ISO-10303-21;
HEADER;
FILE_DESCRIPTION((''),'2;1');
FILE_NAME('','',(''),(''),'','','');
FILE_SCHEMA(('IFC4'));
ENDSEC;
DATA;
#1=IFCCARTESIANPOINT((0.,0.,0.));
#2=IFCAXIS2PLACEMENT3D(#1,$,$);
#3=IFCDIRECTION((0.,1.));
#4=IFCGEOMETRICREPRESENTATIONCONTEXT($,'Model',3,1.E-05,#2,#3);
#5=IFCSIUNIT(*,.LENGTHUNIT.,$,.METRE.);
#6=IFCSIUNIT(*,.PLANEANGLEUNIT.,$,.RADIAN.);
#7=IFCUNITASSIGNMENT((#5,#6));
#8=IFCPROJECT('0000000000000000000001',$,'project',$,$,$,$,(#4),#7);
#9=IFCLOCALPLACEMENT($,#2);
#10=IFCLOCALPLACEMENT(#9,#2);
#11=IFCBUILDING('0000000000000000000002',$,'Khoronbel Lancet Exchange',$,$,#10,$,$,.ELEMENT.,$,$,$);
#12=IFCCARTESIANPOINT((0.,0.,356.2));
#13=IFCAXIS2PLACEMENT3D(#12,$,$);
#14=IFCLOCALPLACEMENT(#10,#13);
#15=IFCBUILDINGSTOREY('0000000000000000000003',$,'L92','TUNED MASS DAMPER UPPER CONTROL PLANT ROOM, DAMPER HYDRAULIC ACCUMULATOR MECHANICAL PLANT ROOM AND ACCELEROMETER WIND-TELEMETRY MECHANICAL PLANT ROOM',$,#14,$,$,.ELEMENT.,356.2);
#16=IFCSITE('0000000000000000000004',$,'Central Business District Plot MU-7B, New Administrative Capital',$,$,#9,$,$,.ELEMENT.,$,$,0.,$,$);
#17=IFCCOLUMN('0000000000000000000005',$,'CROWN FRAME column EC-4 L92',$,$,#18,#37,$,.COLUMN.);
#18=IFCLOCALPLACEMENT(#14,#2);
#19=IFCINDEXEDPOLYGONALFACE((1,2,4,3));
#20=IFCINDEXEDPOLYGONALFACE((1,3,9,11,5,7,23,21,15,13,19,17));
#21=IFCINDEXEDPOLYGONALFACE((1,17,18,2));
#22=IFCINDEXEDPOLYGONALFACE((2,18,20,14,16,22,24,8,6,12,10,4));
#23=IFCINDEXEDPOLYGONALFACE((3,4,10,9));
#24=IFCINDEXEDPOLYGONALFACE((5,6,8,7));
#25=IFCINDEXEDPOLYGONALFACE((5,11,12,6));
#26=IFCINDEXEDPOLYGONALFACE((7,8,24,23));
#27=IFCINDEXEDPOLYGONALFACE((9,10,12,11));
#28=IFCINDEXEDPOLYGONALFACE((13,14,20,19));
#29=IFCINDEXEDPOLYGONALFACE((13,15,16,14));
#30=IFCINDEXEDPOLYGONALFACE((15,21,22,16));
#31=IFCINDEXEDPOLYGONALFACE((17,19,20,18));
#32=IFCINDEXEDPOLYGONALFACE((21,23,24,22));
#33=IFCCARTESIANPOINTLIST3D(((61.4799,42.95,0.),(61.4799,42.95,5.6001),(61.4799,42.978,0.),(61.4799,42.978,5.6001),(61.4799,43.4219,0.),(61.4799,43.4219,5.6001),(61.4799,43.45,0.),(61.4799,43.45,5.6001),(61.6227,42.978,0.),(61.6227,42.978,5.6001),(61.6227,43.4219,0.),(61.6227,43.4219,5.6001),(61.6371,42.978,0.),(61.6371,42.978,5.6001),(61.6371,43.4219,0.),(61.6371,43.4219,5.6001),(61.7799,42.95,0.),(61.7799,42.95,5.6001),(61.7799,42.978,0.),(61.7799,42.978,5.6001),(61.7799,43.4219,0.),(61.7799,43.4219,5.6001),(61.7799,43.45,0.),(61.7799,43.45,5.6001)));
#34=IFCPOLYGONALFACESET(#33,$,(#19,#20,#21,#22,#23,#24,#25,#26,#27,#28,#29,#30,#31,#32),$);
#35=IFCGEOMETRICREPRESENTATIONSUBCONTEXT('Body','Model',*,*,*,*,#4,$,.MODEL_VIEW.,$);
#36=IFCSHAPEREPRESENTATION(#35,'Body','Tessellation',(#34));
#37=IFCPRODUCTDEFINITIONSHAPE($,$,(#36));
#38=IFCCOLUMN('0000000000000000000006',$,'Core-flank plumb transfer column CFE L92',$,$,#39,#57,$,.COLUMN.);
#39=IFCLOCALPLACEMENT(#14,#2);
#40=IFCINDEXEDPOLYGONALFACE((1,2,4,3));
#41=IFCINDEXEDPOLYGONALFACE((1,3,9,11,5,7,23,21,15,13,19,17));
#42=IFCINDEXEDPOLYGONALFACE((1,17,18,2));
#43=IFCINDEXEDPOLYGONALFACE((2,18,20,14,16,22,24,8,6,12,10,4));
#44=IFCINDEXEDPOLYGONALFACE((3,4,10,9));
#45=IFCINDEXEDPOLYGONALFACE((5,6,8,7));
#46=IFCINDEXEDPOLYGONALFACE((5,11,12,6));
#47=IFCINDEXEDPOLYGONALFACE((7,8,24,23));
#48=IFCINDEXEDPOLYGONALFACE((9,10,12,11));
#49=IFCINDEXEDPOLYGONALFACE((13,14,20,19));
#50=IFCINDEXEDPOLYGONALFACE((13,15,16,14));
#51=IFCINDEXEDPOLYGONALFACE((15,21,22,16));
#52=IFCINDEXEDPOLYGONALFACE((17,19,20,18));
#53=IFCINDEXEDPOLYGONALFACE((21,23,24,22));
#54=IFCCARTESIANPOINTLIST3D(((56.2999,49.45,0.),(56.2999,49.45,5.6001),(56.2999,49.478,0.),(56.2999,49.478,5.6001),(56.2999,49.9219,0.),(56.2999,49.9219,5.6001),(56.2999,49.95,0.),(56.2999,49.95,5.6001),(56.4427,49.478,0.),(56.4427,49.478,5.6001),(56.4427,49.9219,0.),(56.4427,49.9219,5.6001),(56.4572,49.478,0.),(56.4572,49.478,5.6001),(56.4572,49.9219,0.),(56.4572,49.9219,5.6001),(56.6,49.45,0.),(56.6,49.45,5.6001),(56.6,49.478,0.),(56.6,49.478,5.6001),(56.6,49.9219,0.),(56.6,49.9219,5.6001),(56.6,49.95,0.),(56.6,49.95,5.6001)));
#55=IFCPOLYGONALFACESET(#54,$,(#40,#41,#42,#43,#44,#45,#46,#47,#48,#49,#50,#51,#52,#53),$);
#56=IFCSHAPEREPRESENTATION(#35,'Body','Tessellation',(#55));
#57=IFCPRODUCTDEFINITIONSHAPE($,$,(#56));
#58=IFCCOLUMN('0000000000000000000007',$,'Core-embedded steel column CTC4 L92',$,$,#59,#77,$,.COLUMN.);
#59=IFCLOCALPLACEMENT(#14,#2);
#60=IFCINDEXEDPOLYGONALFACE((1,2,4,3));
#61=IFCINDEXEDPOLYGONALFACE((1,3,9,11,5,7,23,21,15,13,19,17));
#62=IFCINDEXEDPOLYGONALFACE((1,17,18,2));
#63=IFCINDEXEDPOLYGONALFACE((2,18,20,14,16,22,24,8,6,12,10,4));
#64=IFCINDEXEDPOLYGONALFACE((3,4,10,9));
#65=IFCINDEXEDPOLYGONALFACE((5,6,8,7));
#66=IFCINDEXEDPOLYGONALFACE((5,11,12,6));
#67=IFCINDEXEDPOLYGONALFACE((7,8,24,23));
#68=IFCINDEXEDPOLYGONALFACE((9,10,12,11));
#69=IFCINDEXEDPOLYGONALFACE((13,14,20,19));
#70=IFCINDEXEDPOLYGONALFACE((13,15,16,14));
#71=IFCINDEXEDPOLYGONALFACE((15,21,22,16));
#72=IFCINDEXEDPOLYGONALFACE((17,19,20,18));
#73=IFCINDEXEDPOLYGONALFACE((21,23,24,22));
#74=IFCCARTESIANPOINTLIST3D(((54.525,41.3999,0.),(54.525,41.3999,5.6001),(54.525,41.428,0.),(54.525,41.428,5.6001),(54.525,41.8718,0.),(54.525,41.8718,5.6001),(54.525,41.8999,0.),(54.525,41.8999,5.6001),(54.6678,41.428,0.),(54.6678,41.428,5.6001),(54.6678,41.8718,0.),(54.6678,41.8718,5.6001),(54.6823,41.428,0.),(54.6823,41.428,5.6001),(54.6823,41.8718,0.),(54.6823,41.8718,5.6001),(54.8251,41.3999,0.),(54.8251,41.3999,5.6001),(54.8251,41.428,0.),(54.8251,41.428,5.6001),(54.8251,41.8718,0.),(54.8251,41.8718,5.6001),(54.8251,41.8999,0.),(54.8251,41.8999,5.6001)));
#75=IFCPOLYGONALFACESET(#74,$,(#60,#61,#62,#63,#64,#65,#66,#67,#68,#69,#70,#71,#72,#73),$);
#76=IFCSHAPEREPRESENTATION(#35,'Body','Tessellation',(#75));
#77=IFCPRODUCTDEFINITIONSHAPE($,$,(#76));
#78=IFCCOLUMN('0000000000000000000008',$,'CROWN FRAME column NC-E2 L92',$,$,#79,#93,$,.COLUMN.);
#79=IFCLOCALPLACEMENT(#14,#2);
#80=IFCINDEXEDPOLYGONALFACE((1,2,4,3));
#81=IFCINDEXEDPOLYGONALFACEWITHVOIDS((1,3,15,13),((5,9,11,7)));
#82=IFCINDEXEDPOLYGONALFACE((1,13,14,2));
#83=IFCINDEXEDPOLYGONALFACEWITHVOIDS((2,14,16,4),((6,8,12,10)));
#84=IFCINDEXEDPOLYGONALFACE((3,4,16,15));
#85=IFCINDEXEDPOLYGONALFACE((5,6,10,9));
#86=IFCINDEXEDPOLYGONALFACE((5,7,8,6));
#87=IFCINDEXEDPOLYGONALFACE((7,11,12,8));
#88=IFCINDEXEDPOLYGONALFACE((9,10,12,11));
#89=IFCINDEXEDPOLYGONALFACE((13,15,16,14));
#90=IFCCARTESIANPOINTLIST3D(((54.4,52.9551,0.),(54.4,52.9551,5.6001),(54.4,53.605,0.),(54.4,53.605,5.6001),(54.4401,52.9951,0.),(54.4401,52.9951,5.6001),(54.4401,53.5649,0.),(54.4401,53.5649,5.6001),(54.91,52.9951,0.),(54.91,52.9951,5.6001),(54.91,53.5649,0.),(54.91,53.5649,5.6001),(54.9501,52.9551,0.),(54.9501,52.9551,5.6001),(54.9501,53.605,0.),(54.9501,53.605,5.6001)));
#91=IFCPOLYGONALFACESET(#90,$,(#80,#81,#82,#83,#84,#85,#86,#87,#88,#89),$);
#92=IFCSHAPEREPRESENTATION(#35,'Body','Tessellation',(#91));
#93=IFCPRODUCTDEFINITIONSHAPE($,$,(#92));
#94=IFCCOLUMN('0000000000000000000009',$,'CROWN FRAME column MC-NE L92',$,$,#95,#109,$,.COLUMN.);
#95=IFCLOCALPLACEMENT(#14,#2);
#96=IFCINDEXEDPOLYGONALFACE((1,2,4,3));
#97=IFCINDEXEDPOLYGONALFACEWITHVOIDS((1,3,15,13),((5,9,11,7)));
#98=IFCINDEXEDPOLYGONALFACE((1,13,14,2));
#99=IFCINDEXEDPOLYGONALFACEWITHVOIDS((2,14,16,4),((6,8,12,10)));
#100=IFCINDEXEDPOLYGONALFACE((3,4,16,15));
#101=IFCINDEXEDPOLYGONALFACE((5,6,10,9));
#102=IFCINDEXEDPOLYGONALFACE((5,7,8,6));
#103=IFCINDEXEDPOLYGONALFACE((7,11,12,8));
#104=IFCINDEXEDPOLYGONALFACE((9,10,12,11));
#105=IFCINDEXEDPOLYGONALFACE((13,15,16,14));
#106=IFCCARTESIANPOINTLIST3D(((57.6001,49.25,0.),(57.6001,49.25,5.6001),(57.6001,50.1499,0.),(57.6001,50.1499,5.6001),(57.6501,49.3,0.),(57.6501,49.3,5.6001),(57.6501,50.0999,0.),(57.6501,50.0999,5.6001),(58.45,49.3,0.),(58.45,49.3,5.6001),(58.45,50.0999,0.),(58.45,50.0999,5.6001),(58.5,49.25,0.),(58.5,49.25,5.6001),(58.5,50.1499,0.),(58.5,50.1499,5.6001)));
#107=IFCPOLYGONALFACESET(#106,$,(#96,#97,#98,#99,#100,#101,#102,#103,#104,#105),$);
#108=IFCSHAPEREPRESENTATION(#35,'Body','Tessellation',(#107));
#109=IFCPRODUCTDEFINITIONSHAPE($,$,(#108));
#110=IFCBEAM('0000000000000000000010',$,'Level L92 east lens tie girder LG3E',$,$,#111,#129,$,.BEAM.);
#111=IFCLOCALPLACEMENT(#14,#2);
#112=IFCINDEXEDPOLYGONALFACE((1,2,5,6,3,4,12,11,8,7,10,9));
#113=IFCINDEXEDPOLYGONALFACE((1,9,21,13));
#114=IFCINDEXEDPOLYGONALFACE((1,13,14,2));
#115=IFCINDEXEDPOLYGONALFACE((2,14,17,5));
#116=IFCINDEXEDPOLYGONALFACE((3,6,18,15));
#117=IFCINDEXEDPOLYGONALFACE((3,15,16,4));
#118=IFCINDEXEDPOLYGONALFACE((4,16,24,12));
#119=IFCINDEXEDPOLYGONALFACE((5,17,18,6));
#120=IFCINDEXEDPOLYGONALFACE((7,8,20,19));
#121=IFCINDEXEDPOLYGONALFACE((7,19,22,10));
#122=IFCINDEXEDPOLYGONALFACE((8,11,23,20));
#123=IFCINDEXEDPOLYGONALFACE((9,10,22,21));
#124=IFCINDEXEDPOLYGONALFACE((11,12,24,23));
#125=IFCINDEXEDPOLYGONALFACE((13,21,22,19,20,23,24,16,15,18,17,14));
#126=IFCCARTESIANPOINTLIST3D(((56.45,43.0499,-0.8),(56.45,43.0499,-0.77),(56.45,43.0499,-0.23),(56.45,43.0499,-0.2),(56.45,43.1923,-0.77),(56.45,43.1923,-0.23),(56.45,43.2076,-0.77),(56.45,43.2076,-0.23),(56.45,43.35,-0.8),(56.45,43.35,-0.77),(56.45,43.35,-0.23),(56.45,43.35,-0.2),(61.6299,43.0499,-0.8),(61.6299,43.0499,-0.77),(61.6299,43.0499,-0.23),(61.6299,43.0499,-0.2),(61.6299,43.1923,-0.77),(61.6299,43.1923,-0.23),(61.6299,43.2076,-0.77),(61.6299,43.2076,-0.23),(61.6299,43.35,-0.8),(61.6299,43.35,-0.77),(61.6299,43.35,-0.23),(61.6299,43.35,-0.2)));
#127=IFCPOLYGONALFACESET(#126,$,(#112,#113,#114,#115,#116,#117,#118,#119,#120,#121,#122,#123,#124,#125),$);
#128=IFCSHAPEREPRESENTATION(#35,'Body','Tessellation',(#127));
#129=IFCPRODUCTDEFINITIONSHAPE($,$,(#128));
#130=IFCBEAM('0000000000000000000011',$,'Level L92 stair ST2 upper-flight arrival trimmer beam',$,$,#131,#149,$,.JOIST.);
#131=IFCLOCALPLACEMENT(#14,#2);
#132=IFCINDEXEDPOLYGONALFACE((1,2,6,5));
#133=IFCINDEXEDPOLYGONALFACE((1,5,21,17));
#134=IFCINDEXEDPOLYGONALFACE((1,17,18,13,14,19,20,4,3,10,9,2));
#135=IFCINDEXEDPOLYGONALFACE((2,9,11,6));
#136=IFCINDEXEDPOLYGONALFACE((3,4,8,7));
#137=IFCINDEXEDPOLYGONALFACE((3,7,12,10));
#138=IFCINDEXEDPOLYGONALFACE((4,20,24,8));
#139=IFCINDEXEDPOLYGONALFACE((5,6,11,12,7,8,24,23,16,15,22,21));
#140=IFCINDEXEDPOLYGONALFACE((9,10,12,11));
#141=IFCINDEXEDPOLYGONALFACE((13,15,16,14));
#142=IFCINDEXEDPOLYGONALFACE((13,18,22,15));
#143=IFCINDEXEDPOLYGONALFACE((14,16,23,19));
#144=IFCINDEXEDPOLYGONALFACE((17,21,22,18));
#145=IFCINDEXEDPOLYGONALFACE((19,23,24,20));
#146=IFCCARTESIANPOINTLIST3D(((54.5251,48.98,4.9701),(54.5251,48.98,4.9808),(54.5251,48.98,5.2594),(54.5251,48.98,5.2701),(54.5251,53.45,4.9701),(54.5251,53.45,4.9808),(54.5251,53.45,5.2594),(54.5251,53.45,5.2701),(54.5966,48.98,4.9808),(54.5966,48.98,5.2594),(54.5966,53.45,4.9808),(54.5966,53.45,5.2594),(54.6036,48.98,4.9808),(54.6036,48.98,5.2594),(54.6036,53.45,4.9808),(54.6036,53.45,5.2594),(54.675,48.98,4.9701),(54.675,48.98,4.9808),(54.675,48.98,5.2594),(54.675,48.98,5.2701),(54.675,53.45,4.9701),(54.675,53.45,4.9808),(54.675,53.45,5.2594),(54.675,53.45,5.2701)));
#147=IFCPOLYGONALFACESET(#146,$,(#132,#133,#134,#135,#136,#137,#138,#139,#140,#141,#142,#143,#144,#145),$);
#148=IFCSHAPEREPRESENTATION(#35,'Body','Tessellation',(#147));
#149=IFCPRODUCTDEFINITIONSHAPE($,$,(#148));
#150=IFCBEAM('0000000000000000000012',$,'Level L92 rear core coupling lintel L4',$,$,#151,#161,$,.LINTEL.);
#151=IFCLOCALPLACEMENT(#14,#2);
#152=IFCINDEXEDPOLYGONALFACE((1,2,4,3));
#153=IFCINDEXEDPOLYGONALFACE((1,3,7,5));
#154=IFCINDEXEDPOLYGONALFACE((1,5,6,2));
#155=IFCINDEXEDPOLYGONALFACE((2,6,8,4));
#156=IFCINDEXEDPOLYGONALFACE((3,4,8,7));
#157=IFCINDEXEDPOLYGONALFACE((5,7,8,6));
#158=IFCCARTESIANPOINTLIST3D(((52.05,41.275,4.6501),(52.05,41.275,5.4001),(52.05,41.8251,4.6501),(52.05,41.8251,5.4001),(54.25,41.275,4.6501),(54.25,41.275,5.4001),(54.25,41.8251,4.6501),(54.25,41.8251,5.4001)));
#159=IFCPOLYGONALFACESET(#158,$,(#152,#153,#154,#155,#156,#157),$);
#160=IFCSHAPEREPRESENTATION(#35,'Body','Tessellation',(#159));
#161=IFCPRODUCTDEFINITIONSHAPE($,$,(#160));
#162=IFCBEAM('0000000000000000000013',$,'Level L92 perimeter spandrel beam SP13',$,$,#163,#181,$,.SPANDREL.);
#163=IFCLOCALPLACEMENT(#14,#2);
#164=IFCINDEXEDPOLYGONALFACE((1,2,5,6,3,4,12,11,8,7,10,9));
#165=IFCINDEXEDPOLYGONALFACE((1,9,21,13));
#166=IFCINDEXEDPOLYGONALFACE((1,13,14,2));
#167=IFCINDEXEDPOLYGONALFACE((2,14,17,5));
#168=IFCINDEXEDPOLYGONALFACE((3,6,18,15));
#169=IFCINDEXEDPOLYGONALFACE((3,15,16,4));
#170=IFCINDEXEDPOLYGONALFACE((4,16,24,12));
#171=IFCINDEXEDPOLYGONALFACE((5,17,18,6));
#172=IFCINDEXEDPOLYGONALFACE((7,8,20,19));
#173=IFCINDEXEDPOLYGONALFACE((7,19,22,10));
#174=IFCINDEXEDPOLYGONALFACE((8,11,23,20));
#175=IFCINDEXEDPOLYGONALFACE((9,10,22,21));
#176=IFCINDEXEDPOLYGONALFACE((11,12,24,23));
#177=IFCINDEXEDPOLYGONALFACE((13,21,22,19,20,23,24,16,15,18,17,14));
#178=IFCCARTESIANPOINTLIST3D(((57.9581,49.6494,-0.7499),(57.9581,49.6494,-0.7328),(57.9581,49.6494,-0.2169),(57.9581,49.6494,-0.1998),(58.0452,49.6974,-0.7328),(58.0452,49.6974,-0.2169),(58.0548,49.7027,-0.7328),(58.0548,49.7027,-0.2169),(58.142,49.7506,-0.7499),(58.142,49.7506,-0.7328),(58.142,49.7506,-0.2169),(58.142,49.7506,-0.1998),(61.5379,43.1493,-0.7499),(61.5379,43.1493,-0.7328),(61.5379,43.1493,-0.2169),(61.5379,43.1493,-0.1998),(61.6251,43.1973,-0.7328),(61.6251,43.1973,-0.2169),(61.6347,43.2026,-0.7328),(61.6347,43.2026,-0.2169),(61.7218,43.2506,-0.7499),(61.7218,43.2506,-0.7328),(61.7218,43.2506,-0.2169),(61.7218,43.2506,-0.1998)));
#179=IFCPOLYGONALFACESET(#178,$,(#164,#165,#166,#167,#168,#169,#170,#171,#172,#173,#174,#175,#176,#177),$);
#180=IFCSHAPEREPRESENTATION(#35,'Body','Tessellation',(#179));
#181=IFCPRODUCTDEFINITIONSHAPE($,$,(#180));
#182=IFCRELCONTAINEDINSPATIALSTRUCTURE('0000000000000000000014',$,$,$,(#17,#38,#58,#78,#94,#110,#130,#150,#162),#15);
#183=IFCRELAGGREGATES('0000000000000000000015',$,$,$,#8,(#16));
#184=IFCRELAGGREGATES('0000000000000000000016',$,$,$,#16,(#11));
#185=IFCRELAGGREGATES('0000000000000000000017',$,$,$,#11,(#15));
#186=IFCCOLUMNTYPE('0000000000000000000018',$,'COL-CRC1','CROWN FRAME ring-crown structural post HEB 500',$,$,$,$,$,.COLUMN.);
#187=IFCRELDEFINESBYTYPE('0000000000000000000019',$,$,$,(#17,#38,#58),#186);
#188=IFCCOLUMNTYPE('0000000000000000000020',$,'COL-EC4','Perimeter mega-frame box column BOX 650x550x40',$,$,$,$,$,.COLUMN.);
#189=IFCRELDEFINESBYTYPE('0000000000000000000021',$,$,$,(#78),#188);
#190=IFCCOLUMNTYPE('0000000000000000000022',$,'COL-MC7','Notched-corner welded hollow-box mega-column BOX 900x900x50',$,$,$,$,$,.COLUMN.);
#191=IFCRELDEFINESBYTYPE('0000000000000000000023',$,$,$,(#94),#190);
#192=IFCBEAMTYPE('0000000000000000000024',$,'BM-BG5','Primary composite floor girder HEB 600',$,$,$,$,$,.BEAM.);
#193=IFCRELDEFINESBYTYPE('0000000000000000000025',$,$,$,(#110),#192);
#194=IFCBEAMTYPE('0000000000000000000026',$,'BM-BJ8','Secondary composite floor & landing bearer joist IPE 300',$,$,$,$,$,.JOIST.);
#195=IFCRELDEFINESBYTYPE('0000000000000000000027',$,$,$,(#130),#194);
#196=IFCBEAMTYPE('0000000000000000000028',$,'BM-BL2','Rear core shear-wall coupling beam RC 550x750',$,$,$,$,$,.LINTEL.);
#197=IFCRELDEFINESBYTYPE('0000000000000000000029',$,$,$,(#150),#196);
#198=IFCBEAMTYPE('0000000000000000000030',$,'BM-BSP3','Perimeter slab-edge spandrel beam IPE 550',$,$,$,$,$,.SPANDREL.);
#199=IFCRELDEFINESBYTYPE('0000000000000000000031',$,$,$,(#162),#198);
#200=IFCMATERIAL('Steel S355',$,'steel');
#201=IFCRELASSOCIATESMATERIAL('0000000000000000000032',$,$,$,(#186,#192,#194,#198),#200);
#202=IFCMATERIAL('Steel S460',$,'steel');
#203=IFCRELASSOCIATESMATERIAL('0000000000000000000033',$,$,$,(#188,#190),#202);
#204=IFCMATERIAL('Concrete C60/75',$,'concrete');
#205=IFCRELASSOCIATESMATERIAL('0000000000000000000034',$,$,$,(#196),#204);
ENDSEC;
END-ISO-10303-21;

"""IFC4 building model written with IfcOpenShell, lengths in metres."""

from ifc_helpers import new_model, si_unit, direction, frame, origin, origin_2d, place, context, subcontext, project, spatial, rectangle, hollow_rectangle, i_section, extrude, material, material_profile, profile_set, type_object, element, save


model = new_model("IFC4")

# Units and contexts
model_context = context("Model", 3, precision=1e-05, world=origin(), true_north=direction((0.0, 1.0)))
body_context = subcontext(model_context, "Body", "Model", "MODEL_VIEW")
ifc_project = project(units=[si_unit("LENGTHUNIT", "METRE"), si_unit("PLANEANGLEUNIT", "RADIAN")], contexts=[model_context])

# Site, building, storey
site_placement = place(None, origin())
site = spatial("IfcSite", under=ifc_project, at=site_placement, Name="Central Business District Plot MU-7B, New Administrative Capital", CompositionType="ELEMENT", RefElevation=0.0)
building_placement = place(site_placement, origin())
building = spatial("IfcBuilding", under=site, at=building_placement, Name="Khoronbel Lancet Exchange", CompositionType="ELEMENT")
storey_placement = place(building_placement, frame((0.0, 0.0, 356.2)))
storey = spatial("IfcBuildingStorey", under=building, at=storey_placement, Name="L92", Description="TUNED MASS DAMPER UPPER CONTROL PLANT ROOM, DAMPER HYDRAULIC ACCUMULATOR MECHANICAL PLANT ROOM AND ACCELEROMETER WIND-TELEMETRY MECHANICAL PLANT ROOM", CompositionType="ELEMENT", Elevation=356.2)

# Columns
ifc_material_1 = material(Name="Steel S355", Category="steel")
ifc_material_profile_1 = material_profile(ifc_material_1, i_section(OverallWidth=0.3, OverallDepth=0.5, WebThickness=0.0144, FlangeThickness=0.0281, at=origin_2d()), Name="HEB 500")
ifc_profile_set_1 = profile_set([ifc_material_profile_1], Name="Steel S355")
column_type_1 = type_object("IfcColumnType", Name="COL-CRC1", Description="CROWN FRAME ring-crown structural post HEB 500", PredefinedType="COLUMN", material=ifc_profile_set_1)
for number, where, z_axis, x_axis, name in (
    (1, (61.6299, 43.2, 0.0), (0.0, 0.0, 1.0), (1.0, 0.0, 0.0), "CROWN FRAME column EC-4 L92"),
    (2, (56.45, 49.7, 0.0), (0.0, 0.0, 1.0), (1.0, 0.0, 0.0), "Core-flank plumb transfer column CFE L92"),
    (3, (54.675, 41.6499, 0.0), (0.0, 0.0, 1.0), (1.0, 0.0, 0.0), "Core-embedded steel column CTC4 L92"),
):
    element("IfcColumn", number, at=place(storey_placement, frame(where, z_axis=z_axis, x_axis=x_axis)), inside=storey, type_object=column_type_1, Name=name, PredefinedType="COLUMN", context=body_context, shape_type="SweptSolid", body=[
        extrude(i_section(OverallWidth=0.3, OverallDepth=0.5, WebThickness=0.0144, FlangeThickness=0.0281, at=origin_2d()), origin(), (0.0, 0.0, 1.0), 5.6001),
    ])
ifc_material_2 = material(Name="Steel S460", Category="steel")
ifc_material_profile_2 = material_profile(ifc_material_2, hollow_rectangle(XDim=0.55, YDim=0.6499, WallThickness=0.04, at=origin_2d()), Name="BOX 650x550x40")
ifc_profile_set_2 = profile_set([ifc_material_profile_2], Name="Steel S460")
column_type_2 = type_object("IfcColumnType", Name="COL-EC4", Description="Perimeter mega-frame box column BOX 650x550x40", PredefinedType="COLUMN", material=ifc_profile_set_2)
column_1_placement = place(storey_placement, frame((54.675, 53.28, 0.0), z_axis=(0.0, 0.0, 1.0), x_axis=(1.0, 0.0, 0.0)))
element("IfcColumn", 4, at=column_1_placement, inside=storey, type_object=column_type_2, Name="CROWN FRAME column NC-E2 L92", PredefinedType="COLUMN", context=body_context, shape_type="SweptSolid", body=[
    extrude(hollow_rectangle(XDim=0.55, YDim=0.6499, WallThickness=0.04, at=origin_2d()), origin(), (0.0, 0.0, 1.0), 5.6001),
])
ifc_material_profile_3 = material_profile(ifc_material_2, hollow_rectangle(XDim=0.8999, YDim=0.8999, WallThickness=0.05, at=origin_2d()), Name="BOX 900x900x50")
ifc_profile_set_3 = profile_set([ifc_material_profile_3], Name="Steel S460")
column_type_3 = type_object("IfcColumnType", Name="COL-MC7", Description="Notched-corner welded hollow-box mega-column BOX 900x900x50", PredefinedType="COLUMN", material=ifc_profile_set_3)
column_2_placement = place(storey_placement, frame((58.05, 49.7, 0.0), z_axis=(0.0, 0.0, 1.0), x_axis=(1.0, 0.0, 0.0)))
element("IfcColumn", 5, at=column_2_placement, inside=storey, type_object=column_type_3, Name="CROWN FRAME column MC-NE L92", PredefinedType="COLUMN", context=body_context, shape_type="SweptSolid", body=[
    extrude(hollow_rectangle(XDim=0.8999, YDim=0.8999, WallThickness=0.05, at=origin_2d()), origin(), (0.0, 0.0, 1.0), 5.6001),
])

# Beams
ifc_material_profile_4 = material_profile(ifc_material_1, i_section(OverallWidth=0.3, OverallDepth=0.6001, WebThickness=0.0154, FlangeThickness=0.03, at=origin_2d()), Name="HEB 600")
ifc_profile_set_4 = profile_set([ifc_material_profile_4], Name="Steel S355")
beam_type_1 = type_object("IfcBeamType", Name="BM-BG5", Description="Primary composite floor girder HEB 600", PredefinedType="BEAM", material=ifc_profile_set_4)
beam_1_placement = place(storey_placement, frame((56.45, 43.2, -0.5), z_axis=(1.0, 0.0, 0.0), x_axis=(0.0, 1.0, 0.0)))
element("IfcBeam", 6, at=beam_1_placement, inside=storey, type_object=beam_type_1, Name="Level L92 east lens tie girder LG3E", PredefinedType="BEAM", context=body_context, shape_type="SweptSolid", body=[
    extrude(i_section(OverallWidth=0.3, OverallDepth=0.6001, WebThickness=0.0154, FlangeThickness=0.03, at=origin_2d()), origin(), (0.0, 0.0, 1.0), 5.1799),
])
ifc_material_profile_5 = material_profile(ifc_material_1, i_section(OverallWidth=0.1499, OverallDepth=0.3, WebThickness=0.0071, FlangeThickness=0.0107, at=origin_2d()), Name="IPE 300")
ifc_profile_set_5 = profile_set([ifc_material_profile_5], Name="Steel S355")
beam_type_2 = type_object("IfcBeamType", Name="BM-BJ8", Description="Secondary composite floor & landing bearer joist IPE 300", PredefinedType="JOIST", material=ifc_profile_set_5)
beam_2_placement = place(storey_placement, frame((54.6001, 48.98, 5.1201), z_axis=(0.0, 1.0, 0.0), x_axis=(-1.0, 0.0, 0.0)))
element("IfcBeam", 7, at=beam_2_placement, inside=storey, type_object=beam_type_2, Name="Level L92 stair ST2 upper-flight arrival trimmer beam", PredefinedType="JOIST", context=body_context, shape_type="SweptSolid", body=[
    extrude(i_section(OverallWidth=0.1499, OverallDepth=0.3, WebThickness=0.0071, FlangeThickness=0.0107, at=origin_2d()), origin(), (0.0, 0.0, 1.0), 4.47),
])
ifc_material_3 = material(Name="Concrete C60/75", Category="concrete")
ifc_material_profile_6 = material_profile(ifc_material_3, rectangle(XDim=0.55, YDim=0.75, at=origin_2d()), Name="RC 550x750")
ifc_profile_set_6 = profile_set([ifc_material_profile_6], Name="Concrete C60/75")
beam_type_3 = type_object("IfcBeamType", Name="BM-BL2", Description="Rear core shear-wall coupling beam RC 550x750", PredefinedType="LINTEL", material=ifc_profile_set_6)
beam_3_placement = place(storey_placement, frame((52.05, 41.55, 5.0251), z_axis=(1.0, 0.0, 0.0), x_axis=(0.0, 1.0, 0.0)))
element("IfcBeam", 8, at=beam_3_placement, inside=storey, type_object=beam_type_3, Name="Level L92 rear core coupling lintel L4", PredefinedType="LINTEL", context=body_context, shape_type="SweptSolid", body=[
    extrude(rectangle(XDim=0.55, YDim=0.75, at=origin_2d()), origin(), (0.0, 0.0, 1.0), 2.2),
])
ifc_material_profile_7 = material_profile(ifc_material_1, i_section(OverallWidth=0.21, OverallDepth=0.55, WebThickness=0.011, FlangeThickness=0.0171, at=origin_2d()), Name="IPE 550")
ifc_profile_set_7 = profile_set([ifc_material_profile_7], Name="Steel S355")
beam_type_4 = type_object("IfcBeamType", Name="BM-BSP3", Description="Perimeter slab-edge spandrel beam IPE 550", PredefinedType="SPANDREL", material=ifc_profile_set_7)
beam_4_placement = place(storey_placement, frame((61.6299, 43.2, -0.4749), z_axis=(-0.482419, 0.875941, 0.0), x_axis=(-0.875941, -0.482419, 0.0)))
element("IfcBeam", 9, at=beam_4_placement, inside=storey, type_object=beam_type_4, Name="Level L92 perimeter spandrel beam SP13", PredefinedType="SPANDREL", context=body_context, shape_type="SweptSolid", body=[
    extrude(i_section(OverallWidth=0.21, OverallDepth=0.55, WebThickness=0.011, FlangeThickness=0.0171, at=origin_2d()), origin(), (0.0, 0.0, 1.0), 7.4207),
])

save(model, "model.ifc")
